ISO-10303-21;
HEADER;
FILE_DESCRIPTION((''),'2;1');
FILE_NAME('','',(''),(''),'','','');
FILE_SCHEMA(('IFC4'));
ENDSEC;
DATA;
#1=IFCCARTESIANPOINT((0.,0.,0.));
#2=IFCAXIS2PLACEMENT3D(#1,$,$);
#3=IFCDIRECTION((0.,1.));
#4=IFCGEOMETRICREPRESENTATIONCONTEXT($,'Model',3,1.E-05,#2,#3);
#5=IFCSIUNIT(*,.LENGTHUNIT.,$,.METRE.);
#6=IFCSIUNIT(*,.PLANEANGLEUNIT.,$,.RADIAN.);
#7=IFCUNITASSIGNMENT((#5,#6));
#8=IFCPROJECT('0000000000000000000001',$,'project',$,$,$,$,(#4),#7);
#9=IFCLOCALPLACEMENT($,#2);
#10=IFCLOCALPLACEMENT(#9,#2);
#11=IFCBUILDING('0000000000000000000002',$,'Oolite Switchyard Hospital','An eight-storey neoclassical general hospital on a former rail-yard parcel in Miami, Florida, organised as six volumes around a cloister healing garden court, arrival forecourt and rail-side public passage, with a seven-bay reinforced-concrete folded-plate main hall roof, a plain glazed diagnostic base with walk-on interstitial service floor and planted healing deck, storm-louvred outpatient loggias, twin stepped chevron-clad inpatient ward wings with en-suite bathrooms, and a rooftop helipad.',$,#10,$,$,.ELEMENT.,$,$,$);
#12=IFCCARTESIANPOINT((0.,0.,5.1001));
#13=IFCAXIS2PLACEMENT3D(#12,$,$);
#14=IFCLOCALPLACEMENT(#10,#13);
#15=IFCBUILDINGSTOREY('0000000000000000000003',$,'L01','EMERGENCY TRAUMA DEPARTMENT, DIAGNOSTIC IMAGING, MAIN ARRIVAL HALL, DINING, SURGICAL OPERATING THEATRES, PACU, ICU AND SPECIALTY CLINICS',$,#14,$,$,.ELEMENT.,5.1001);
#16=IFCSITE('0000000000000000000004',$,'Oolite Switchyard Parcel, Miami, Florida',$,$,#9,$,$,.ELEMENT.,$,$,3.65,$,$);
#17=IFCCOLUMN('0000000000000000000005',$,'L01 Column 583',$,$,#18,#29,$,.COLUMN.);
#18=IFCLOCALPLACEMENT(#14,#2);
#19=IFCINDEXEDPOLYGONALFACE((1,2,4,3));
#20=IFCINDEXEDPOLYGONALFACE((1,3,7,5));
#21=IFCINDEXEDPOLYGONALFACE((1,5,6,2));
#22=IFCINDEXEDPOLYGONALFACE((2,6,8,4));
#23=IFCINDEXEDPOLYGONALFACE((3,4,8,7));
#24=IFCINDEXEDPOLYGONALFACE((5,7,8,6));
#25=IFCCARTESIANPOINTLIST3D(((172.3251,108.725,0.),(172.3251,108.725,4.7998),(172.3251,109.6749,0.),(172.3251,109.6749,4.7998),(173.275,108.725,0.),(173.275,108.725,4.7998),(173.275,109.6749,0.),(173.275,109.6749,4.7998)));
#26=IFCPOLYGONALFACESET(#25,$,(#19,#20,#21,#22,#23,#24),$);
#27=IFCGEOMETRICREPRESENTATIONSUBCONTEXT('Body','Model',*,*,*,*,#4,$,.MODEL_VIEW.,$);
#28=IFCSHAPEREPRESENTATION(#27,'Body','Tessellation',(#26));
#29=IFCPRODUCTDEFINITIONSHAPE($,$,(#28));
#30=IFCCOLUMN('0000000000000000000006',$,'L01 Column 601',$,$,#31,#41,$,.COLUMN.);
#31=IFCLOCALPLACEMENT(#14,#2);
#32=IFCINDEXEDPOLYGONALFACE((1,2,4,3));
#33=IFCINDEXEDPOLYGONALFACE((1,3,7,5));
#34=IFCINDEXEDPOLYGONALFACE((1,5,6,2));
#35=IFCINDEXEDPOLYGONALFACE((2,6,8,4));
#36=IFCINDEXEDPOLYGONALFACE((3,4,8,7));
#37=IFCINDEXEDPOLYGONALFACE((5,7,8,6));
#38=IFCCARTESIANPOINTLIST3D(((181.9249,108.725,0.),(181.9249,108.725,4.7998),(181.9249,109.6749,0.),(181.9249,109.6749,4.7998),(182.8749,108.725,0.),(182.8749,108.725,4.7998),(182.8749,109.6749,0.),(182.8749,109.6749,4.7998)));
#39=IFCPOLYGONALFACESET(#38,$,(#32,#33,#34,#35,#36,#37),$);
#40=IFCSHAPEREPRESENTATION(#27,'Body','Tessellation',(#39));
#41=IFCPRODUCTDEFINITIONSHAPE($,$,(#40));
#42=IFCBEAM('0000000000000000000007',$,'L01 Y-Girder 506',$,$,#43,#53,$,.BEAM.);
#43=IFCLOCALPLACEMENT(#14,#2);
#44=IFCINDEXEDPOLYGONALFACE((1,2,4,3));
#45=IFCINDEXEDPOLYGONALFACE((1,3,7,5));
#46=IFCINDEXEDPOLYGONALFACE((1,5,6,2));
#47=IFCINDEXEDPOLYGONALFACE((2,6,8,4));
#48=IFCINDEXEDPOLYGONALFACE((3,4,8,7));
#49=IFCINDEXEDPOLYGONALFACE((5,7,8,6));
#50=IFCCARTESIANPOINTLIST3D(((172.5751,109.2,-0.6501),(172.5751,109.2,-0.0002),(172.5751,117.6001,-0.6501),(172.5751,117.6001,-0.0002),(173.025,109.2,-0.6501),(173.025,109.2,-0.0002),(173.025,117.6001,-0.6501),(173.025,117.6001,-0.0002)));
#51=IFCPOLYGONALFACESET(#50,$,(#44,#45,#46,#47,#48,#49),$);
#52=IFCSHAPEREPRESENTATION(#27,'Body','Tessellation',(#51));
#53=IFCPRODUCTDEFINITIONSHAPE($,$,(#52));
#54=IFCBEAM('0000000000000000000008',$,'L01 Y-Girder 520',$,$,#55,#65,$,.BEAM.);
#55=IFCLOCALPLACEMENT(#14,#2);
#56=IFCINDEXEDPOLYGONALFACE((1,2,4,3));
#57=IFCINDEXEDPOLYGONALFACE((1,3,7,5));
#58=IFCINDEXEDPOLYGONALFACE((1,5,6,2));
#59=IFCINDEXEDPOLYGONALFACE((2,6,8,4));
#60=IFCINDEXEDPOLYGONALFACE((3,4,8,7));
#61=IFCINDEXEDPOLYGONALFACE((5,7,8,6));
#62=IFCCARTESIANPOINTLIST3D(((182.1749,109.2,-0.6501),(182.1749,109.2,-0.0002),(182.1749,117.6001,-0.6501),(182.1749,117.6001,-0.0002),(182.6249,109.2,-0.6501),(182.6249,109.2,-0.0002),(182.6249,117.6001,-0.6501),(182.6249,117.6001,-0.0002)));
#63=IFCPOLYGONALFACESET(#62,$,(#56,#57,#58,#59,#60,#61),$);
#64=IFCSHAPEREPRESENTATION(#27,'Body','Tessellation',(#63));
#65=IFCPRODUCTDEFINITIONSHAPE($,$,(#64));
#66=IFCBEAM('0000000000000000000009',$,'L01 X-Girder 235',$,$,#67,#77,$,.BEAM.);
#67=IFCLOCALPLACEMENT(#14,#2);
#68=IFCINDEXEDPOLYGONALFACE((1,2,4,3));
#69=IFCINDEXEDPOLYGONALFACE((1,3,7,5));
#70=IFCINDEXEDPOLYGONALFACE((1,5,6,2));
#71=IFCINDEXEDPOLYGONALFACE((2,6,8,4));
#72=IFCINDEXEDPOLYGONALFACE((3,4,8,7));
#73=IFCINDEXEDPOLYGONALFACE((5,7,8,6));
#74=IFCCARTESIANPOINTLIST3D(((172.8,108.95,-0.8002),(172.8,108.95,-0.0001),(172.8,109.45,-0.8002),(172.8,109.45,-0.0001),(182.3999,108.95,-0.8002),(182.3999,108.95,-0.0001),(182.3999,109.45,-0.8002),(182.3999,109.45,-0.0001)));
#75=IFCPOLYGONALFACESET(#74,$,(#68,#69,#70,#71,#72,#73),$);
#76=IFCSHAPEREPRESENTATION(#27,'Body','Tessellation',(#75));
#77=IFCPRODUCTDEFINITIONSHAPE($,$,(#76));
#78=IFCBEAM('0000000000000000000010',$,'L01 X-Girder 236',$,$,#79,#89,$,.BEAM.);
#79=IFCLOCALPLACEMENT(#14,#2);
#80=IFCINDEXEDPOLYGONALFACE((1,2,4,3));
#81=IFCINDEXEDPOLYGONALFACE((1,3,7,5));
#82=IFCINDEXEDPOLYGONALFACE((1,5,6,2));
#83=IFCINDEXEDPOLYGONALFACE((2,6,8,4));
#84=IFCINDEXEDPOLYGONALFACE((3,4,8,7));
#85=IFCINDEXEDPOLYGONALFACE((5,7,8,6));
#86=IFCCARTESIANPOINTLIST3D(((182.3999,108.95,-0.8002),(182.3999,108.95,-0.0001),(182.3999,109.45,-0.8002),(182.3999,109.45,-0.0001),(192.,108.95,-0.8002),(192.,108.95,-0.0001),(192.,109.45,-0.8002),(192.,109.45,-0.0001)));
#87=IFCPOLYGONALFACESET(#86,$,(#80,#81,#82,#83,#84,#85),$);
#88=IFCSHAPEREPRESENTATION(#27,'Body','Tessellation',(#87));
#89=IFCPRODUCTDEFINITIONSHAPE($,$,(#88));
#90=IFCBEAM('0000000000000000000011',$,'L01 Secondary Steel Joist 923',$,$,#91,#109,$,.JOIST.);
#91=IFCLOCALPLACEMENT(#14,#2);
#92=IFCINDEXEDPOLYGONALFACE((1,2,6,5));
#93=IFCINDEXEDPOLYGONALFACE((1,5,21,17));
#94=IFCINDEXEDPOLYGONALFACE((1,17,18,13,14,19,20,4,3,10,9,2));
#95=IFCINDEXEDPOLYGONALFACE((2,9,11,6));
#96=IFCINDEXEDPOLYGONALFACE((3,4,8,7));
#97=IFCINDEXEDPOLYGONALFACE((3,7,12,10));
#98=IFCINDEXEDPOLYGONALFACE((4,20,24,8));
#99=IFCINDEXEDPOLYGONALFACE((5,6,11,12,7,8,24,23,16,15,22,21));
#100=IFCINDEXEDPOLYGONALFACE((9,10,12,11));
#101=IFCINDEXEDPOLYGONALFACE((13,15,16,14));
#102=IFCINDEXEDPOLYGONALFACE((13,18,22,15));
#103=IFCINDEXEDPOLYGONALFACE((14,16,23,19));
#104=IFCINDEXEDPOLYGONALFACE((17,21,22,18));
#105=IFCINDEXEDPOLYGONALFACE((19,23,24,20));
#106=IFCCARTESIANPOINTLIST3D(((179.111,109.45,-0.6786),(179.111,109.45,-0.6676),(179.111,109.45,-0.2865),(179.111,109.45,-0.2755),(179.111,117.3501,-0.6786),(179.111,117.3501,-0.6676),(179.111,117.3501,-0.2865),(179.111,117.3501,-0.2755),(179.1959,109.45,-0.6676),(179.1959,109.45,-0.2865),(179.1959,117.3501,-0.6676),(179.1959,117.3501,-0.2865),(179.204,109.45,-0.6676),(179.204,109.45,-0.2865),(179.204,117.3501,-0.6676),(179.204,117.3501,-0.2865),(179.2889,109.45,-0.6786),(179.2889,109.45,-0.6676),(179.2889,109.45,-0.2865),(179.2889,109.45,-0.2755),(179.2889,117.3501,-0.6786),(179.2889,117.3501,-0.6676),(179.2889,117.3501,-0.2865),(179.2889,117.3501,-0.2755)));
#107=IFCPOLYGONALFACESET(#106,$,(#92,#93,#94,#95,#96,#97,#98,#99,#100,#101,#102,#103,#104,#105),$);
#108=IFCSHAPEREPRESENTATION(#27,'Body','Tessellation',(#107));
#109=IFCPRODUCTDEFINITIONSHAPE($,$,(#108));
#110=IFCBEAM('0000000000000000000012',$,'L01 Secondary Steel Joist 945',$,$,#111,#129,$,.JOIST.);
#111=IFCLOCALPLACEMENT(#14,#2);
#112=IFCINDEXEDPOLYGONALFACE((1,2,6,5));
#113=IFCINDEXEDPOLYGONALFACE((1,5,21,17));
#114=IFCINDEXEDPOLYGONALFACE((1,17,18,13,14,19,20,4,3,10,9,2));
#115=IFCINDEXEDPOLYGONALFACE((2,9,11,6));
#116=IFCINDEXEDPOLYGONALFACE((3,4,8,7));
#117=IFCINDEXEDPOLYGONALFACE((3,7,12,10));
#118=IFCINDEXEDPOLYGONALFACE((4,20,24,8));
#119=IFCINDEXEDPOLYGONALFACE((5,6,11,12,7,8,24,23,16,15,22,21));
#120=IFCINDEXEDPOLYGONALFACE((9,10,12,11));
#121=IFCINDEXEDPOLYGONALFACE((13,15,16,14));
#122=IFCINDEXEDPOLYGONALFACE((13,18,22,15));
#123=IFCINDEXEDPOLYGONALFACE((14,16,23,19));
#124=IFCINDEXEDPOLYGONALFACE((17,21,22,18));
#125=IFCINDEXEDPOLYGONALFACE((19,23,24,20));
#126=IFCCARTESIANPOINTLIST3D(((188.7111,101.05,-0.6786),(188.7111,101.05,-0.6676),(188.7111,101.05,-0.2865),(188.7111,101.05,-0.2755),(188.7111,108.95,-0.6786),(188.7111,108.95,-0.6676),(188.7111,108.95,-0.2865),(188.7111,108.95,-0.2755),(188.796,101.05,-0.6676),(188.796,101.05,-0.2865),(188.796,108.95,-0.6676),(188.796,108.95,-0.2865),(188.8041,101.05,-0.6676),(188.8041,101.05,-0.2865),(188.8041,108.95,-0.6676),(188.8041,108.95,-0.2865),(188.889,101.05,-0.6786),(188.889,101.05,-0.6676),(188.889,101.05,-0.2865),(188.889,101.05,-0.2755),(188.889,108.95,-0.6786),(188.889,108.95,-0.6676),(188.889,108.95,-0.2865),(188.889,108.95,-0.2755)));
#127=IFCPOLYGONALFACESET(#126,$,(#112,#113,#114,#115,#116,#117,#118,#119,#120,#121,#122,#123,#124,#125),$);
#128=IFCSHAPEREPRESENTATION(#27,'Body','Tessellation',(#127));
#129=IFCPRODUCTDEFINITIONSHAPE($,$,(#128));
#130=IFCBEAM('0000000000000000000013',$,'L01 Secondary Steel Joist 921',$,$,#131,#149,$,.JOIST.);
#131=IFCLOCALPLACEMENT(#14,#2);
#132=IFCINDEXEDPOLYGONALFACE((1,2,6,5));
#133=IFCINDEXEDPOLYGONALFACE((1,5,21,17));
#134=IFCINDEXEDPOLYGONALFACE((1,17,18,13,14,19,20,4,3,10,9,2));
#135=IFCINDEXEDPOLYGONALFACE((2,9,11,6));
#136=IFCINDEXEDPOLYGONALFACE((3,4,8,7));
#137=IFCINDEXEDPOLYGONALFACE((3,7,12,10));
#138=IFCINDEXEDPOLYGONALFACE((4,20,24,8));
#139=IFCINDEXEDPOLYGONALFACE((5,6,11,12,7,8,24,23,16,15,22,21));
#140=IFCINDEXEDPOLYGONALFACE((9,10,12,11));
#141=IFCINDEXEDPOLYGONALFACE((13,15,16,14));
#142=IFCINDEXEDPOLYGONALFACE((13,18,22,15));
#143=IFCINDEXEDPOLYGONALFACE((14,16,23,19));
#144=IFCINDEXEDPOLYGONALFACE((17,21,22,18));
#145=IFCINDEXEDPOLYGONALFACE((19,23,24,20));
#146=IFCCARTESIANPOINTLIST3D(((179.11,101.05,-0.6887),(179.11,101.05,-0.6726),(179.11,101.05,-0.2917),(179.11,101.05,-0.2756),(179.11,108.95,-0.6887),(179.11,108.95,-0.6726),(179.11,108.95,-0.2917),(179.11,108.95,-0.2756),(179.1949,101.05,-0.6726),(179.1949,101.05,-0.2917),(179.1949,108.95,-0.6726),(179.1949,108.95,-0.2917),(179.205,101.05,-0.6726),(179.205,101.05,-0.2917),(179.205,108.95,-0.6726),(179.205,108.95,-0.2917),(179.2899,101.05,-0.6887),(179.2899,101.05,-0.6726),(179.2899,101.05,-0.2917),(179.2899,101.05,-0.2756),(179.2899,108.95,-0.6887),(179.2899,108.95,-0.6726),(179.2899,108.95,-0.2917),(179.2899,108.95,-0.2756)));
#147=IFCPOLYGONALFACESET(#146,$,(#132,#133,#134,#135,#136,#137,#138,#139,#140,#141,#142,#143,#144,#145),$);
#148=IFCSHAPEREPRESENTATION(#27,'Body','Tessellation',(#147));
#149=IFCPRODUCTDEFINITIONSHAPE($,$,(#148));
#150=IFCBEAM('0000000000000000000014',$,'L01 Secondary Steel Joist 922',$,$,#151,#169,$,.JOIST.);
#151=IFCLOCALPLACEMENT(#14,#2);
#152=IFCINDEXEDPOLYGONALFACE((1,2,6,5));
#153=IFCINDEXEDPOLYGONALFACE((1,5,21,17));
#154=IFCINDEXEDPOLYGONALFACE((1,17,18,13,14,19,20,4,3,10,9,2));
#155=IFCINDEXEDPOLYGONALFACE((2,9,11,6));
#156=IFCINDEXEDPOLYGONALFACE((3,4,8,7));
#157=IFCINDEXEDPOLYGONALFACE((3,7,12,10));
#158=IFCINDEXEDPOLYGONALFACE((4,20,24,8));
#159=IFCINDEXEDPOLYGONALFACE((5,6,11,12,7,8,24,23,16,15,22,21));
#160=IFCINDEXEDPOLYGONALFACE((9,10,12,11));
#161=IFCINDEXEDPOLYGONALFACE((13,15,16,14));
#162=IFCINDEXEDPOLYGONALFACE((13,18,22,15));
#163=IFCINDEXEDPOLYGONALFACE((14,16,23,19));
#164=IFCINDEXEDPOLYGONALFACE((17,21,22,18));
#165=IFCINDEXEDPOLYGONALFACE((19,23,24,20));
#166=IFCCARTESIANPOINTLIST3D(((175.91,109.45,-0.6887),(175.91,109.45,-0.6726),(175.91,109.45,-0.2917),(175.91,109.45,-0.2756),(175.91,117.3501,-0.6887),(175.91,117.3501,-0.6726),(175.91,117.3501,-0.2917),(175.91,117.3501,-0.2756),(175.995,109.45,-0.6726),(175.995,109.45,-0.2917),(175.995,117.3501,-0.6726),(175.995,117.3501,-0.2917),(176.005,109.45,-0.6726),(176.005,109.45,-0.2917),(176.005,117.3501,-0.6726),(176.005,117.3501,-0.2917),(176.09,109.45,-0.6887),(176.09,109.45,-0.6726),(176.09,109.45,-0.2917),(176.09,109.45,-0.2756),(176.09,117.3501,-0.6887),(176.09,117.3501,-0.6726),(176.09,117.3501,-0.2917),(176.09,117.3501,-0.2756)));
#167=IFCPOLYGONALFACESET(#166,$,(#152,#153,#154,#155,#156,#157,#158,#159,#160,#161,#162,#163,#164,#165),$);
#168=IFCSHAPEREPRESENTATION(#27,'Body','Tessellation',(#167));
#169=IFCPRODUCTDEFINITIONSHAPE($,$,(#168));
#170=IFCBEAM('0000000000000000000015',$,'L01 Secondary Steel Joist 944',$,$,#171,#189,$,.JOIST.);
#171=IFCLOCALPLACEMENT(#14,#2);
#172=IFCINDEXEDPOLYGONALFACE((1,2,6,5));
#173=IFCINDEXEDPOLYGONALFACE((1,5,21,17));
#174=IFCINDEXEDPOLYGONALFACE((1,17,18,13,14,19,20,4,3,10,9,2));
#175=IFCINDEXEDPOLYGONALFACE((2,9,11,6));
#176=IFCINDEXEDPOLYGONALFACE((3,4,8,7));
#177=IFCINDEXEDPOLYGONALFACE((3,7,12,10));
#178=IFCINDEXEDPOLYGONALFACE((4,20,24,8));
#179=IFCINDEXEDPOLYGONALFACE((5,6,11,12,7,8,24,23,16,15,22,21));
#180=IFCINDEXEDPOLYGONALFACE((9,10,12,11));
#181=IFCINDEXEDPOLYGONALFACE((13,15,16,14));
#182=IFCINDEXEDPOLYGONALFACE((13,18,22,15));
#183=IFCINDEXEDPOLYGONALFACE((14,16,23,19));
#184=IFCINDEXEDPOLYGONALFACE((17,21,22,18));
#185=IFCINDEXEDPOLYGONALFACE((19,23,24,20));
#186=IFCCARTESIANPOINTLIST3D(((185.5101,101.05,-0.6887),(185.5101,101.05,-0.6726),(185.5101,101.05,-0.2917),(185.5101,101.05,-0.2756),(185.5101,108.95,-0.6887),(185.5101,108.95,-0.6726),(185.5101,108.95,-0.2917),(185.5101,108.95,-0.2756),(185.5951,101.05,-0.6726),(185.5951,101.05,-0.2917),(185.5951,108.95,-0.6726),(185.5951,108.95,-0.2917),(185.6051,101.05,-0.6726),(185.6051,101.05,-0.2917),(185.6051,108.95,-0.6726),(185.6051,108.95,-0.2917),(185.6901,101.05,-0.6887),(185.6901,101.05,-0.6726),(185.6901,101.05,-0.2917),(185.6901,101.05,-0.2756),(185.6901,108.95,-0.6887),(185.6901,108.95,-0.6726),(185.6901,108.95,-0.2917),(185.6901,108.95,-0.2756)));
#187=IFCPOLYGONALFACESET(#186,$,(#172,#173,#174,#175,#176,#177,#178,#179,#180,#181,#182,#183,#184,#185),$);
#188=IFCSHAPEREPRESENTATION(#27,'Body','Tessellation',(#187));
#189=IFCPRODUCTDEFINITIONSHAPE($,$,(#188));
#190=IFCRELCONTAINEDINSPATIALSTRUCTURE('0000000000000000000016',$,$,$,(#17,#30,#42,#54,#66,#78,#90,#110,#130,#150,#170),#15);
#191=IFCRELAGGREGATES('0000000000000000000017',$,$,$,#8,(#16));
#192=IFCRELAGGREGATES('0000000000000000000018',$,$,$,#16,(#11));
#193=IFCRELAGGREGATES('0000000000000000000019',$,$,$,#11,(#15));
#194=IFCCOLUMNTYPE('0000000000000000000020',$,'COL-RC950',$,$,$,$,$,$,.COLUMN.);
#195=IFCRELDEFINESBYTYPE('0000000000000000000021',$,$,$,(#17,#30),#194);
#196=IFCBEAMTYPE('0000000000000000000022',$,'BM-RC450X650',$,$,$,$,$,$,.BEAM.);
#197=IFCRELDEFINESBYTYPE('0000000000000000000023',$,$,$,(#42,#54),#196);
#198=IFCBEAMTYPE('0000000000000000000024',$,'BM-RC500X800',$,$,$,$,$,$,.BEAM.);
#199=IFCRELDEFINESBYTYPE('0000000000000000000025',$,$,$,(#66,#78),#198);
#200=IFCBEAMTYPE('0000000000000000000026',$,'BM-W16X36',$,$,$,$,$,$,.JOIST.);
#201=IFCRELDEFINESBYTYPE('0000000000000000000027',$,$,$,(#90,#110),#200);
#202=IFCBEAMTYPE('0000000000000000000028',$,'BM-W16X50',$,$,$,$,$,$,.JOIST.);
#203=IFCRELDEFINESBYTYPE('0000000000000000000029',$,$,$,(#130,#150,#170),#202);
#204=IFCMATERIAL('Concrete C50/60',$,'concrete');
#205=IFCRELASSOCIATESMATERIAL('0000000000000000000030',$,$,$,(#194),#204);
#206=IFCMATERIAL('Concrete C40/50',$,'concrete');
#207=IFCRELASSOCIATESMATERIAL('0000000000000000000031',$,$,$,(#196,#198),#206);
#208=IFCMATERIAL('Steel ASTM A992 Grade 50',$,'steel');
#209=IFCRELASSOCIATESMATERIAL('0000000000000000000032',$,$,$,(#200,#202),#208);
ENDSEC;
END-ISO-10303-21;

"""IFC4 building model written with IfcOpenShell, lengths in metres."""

from ifc_helpers import new_model, si_unit, direction, frame, origin, origin_2d, place, context, subcontext, project, spatial, rectangle, i_section, extrude, material, material_profile, profile_set, type_object, element, save


model = new_model("IFC4")

# Units and contexts
model_context = context("Model", 3, precision=1e-05, world=origin(), true_north=direction((0.0, 1.0)))
body_context = subcontext(model_context, "Body", "Model", "MODEL_VIEW")
ifc_project = project(units=[si_unit("LENGTHUNIT", "METRE"), si_unit("PLANEANGLEUNIT", "RADIAN")], contexts=[model_context])

# Site, building, storey
site_placement = place(None, origin())
site = spatial("IfcSite", under=ifc_project, at=site_placement, Name="Oolite Switchyard Parcel, Miami, Florida", CompositionType="ELEMENT", RefElevation=3.65)
building_placement = place(site_placement, origin())
building = spatial("IfcBuilding", under=site, at=building_placement, Name="Oolite Switchyard Hospital", Description="An eight-storey neoclassical general hospital on a former rail-yard parcel in Miami, Florida, organised as six volumes around a cloister healing garden court, arrival forecourt and rail-side public passage, with a seven-bay reinforced-concrete folded-plate main hall roof, a plain glazed diagnostic base with walk-on interstitial service floor and planted healing deck, storm-louvred outpatient loggias, twin stepped chevron-clad inpatient ward wings with en-suite bathrooms, and a rooftop helipad.", CompositionType="ELEMENT")
storey_placement = place(building_placement, frame((0.0, 0.0, 5.1001)))
storey = spatial("IfcBuildingStorey", under=building, at=storey_placement, Name="L01", Description="EMERGENCY TRAUMA DEPARTMENT, DIAGNOSTIC IMAGING, MAIN ARRIVAL HALL, DINING, SURGICAL OPERATING THEATRES, PACU, ICU AND SPECIALTY CLINICS", CompositionType="ELEMENT", Elevation=5.1001)

# Columns
ifc_material_1 = material(Name="Concrete C50/60", Category="concrete")
ifc_material_profile_1 = material_profile(ifc_material_1, rectangle(XDim=0.95, YDim=0.95, at=origin_2d()), Name="RC950X950")
ifc_profile_set_1 = profile_set([ifc_material_profile_1], Name="Concrete C50/60")
column_type = type_object("IfcColumnType", Name="COL-RC950", PredefinedType="COLUMN", material=ifc_profile_set_1)
for number, where, z_axis, x_axis, name in (
    (1, (172.8, 109.2, 0.0), (0.0, 0.0, 1.0), (1.0, 0.0, 0.0), "L01 Column 583"),
    (2, (182.3999, 109.2, 0.0), (0.0, 0.0, 1.0), (1.0, 0.0, 0.0), "L01 Column 601"),
):
    element("IfcColumn", number, at=place(storey_placement, frame(where, z_axis=z_axis, x_axis=x_axis)), inside=storey, type_object=column_type, Name=name, PredefinedType="COLUMN", context=body_context, shape_type="SweptSolid", body=[
        extrude(rectangle(XDim=0.95, YDim=0.95, at=origin_2d()), origin(), (0.0, 0.0, 1.0), 4.7998),
    ])

# Beams
ifc_material_2 = material(Name="Concrete C40/50", Category="concrete")
ifc_material_profile_2 = material_profile(ifc_material_2, rectangle(XDim=0.45, YDim=0.6499, at=origin_2d()), Name="RCB450X650")
ifc_profile_set_2 = profile_set([ifc_material_profile_2], Name="Concrete C40/50")
beam_type_1 = type_object("IfcBeamType", Name="BM-RC450X650", PredefinedType="BEAM", material=ifc_profile_set_2)
for number, where, z_axis, x_axis, name in (
    (3, (172.8, 109.2, -0.3252), (0.0, 1.0, 0.0), (-1.0, 0.0, 0.0), "L01 Y-Girder 506"),
    (4, (182.3999, 109.2, -0.3252), (0.0, 1.0, 0.0), (-1.0, 0.0, 0.0), "L01 Y-Girder 520"),
):
    element("IfcBeam", number, at=place(storey_placement, frame(where, z_axis=z_axis, x_axis=x_axis)), inside=storey, type_object=beam_type_1, Name=name, PredefinedType="BEAM", context=body_context, shape_type="SweptSolid", body=[
        extrude(rectangle(XDim=0.45, YDim=0.6499, at=origin_2d()), origin(), (0.0, 0.0, 1.0), 8.4001),
    ])
ifc_material_profile_3 = material_profile(ifc_material_2, rectangle(XDim=0.5, YDim=0.8, at=origin_2d()), Name="RCB500X800")
ifc_profile_set_3 = profile_set([ifc_material_profile_3], Name="Concrete C40/50")
beam_type_2 = type_object("IfcBeamType", Name="BM-RC500X800", PredefinedType="BEAM", material=ifc_profile_set_3)
beam_1_placement = place(storey_placement, frame((172.8, 109.2, -0.4001), z_axis=(1.0, 0.0, 0.0), x_axis=(0.0, 1.0, 0.0)))
element("IfcBeam", 5, at=beam_1_placement, inside=storey, type_object=beam_type_2, Name="L01 X-Girder 235", PredefinedType="BEAM", context=body_context, shape_type="SweptSolid", body=[
    extrude(rectangle(XDim=0.5, YDim=0.8, at=origin_2d()), origin(), (0.0, 0.0, 1.0), 9.5999),
])
beam_2_placement = place(storey_placement, frame((182.3999, 109.2, -0.4001), z_axis=(1.0, 0.0, 0.0), x_axis=(0.0, 1.0, 0.0)))
element("IfcBeam", 6, at=beam_2_placement, inside=storey, type_object=beam_type_2, Name="L01 X-Girder 236", PredefinedType="BEAM", context=body_context, shape_type="SweptSolid", body=[
    extrude(rectangle(XDim=0.5, YDim=0.8, at=origin_2d()), origin(), (0.0, 0.0, 1.0), 9.6001),
])
ifc_material_3 = material(Name="Steel ASTM A992 Grade 50", Category="steel")
ifc_material_profile_4 = material_profile(ifc_material_3, i_section(OverallWidth=0.178, OverallDepth=0.4031, WebThickness=0.0081, FlangeThickness=0.011, at=origin_2d()), Name="W16X36")
ifc_profile_set_4 = profile_set([ifc_material_profile_4], Name="Steel ASTM A992 Grade 50")
beam_type_3 = type_object("IfcBeamType", Name="BM-W16X36", PredefinedType="JOIST", material=ifc_profile_set_4)
beam_3_placement = place(storey_placement, frame((179.2, 109.45, -0.4771), z_axis=(0.0, 1.0, 0.0), x_axis=(-1.0, 0.0, 0.0)))
element("IfcBeam", 7, at=beam_3_placement, inside=storey, type_object=beam_type_3, Name="L01 Secondary Steel Joist 923", PredefinedType="JOIST", context=body_context, shape_type="SweptSolid", body=[
    extrude(i_section(OverallWidth=0.178, OverallDepth=0.4031, WebThickness=0.0081, FlangeThickness=0.011, at=origin_2d()), origin(), (0.0, 0.0, 1.0), 7.9001),
])
beam_4_placement = place(storey_placement, frame((188.8, 101.05, -0.4771), z_axis=(0.0, 1.0, 0.0), x_axis=(-1.0, 0.0, 0.0)))
element("IfcBeam", 8, at=beam_4_placement, inside=storey, type_object=beam_type_3, Name="L01 Secondary Steel Joist 945", PredefinedType="JOIST", context=body_context, shape_type="SweptSolid", body=[
    extrude(i_section(OverallWidth=0.178, OverallDepth=0.4031, WebThickness=0.0081, FlangeThickness=0.011, at=origin_2d()), origin(), (0.0, 0.0, 1.0), 7.8999),
])
ifc_material_profile_5 = material_profile(ifc_material_3, i_section(OverallWidth=0.1799, OverallDepth=0.4131, WebThickness=0.01, FlangeThickness=0.0161, at=origin_2d()), Name="W16X50")
ifc_profile_set_5 = profile_set([ifc_material_profile_5], Name="Steel ASTM A992 Grade 50")
beam_type_4 = type_object("IfcBeamType", Name="BM-W16X50", PredefinedType="JOIST", material=ifc_profile_set_5)
beam_5_placement = place(storey_placement, frame((179.2, 101.05, -0.4822), z_axis=(0.0, 1.0, 0.0), x_axis=(-1.0, 0.0, 0.0)))
element("IfcBeam", 9, at=beam_5_placement, inside=storey, type_object=beam_type_4, Name="L01 Secondary Steel Joist 921", PredefinedType="JOIST", context=body_context, shape_type="SweptSolid", body=[
    extrude(i_section(OverallWidth=0.1799, OverallDepth=0.4131, WebThickness=0.01, FlangeThickness=0.0161, at=origin_2d()), origin(), (0.0, 0.0, 1.0), 7.8999),
])
beam_6_placement = place(storey_placement, frame((176.0, 109.45, -0.4822), z_axis=(0.0, 1.0, 0.0), x_axis=(-1.0, 0.0, 0.0)))
element("IfcBeam", 10, at=beam_6_placement, inside=storey, type_object=beam_type_4, Name="L01 Secondary Steel Joist 922", PredefinedType="JOIST", context=body_context, shape_type="SweptSolid", body=[
    extrude(i_section(OverallWidth=0.1799, OverallDepth=0.4131, WebThickness=0.01, FlangeThickness=0.0161, at=origin_2d()), origin(), (0.0, 0.0, 1.0), 7.9001),
])
beam_7_placement = place(storey_placement, frame((185.6001, 101.05, -0.4822), z_axis=(0.0, 1.0, 0.0), x_axis=(-1.0, 0.0, 0.0)))
element("IfcBeam", 11, at=beam_7_placement, inside=storey, type_object=beam_type_4, Name="L01 Secondary Steel Joist 944", PredefinedType="JOIST", context=body_context, shape_type="SweptSolid", body=[
    extrude(i_section(OverallWidth=0.1799, OverallDepth=0.4131, WebThickness=0.01, FlangeThickness=0.0161, at=origin_2d()), origin(), (0.0, 0.0, 1.0), 7.8999),
])

save(model, "model.ifc")
